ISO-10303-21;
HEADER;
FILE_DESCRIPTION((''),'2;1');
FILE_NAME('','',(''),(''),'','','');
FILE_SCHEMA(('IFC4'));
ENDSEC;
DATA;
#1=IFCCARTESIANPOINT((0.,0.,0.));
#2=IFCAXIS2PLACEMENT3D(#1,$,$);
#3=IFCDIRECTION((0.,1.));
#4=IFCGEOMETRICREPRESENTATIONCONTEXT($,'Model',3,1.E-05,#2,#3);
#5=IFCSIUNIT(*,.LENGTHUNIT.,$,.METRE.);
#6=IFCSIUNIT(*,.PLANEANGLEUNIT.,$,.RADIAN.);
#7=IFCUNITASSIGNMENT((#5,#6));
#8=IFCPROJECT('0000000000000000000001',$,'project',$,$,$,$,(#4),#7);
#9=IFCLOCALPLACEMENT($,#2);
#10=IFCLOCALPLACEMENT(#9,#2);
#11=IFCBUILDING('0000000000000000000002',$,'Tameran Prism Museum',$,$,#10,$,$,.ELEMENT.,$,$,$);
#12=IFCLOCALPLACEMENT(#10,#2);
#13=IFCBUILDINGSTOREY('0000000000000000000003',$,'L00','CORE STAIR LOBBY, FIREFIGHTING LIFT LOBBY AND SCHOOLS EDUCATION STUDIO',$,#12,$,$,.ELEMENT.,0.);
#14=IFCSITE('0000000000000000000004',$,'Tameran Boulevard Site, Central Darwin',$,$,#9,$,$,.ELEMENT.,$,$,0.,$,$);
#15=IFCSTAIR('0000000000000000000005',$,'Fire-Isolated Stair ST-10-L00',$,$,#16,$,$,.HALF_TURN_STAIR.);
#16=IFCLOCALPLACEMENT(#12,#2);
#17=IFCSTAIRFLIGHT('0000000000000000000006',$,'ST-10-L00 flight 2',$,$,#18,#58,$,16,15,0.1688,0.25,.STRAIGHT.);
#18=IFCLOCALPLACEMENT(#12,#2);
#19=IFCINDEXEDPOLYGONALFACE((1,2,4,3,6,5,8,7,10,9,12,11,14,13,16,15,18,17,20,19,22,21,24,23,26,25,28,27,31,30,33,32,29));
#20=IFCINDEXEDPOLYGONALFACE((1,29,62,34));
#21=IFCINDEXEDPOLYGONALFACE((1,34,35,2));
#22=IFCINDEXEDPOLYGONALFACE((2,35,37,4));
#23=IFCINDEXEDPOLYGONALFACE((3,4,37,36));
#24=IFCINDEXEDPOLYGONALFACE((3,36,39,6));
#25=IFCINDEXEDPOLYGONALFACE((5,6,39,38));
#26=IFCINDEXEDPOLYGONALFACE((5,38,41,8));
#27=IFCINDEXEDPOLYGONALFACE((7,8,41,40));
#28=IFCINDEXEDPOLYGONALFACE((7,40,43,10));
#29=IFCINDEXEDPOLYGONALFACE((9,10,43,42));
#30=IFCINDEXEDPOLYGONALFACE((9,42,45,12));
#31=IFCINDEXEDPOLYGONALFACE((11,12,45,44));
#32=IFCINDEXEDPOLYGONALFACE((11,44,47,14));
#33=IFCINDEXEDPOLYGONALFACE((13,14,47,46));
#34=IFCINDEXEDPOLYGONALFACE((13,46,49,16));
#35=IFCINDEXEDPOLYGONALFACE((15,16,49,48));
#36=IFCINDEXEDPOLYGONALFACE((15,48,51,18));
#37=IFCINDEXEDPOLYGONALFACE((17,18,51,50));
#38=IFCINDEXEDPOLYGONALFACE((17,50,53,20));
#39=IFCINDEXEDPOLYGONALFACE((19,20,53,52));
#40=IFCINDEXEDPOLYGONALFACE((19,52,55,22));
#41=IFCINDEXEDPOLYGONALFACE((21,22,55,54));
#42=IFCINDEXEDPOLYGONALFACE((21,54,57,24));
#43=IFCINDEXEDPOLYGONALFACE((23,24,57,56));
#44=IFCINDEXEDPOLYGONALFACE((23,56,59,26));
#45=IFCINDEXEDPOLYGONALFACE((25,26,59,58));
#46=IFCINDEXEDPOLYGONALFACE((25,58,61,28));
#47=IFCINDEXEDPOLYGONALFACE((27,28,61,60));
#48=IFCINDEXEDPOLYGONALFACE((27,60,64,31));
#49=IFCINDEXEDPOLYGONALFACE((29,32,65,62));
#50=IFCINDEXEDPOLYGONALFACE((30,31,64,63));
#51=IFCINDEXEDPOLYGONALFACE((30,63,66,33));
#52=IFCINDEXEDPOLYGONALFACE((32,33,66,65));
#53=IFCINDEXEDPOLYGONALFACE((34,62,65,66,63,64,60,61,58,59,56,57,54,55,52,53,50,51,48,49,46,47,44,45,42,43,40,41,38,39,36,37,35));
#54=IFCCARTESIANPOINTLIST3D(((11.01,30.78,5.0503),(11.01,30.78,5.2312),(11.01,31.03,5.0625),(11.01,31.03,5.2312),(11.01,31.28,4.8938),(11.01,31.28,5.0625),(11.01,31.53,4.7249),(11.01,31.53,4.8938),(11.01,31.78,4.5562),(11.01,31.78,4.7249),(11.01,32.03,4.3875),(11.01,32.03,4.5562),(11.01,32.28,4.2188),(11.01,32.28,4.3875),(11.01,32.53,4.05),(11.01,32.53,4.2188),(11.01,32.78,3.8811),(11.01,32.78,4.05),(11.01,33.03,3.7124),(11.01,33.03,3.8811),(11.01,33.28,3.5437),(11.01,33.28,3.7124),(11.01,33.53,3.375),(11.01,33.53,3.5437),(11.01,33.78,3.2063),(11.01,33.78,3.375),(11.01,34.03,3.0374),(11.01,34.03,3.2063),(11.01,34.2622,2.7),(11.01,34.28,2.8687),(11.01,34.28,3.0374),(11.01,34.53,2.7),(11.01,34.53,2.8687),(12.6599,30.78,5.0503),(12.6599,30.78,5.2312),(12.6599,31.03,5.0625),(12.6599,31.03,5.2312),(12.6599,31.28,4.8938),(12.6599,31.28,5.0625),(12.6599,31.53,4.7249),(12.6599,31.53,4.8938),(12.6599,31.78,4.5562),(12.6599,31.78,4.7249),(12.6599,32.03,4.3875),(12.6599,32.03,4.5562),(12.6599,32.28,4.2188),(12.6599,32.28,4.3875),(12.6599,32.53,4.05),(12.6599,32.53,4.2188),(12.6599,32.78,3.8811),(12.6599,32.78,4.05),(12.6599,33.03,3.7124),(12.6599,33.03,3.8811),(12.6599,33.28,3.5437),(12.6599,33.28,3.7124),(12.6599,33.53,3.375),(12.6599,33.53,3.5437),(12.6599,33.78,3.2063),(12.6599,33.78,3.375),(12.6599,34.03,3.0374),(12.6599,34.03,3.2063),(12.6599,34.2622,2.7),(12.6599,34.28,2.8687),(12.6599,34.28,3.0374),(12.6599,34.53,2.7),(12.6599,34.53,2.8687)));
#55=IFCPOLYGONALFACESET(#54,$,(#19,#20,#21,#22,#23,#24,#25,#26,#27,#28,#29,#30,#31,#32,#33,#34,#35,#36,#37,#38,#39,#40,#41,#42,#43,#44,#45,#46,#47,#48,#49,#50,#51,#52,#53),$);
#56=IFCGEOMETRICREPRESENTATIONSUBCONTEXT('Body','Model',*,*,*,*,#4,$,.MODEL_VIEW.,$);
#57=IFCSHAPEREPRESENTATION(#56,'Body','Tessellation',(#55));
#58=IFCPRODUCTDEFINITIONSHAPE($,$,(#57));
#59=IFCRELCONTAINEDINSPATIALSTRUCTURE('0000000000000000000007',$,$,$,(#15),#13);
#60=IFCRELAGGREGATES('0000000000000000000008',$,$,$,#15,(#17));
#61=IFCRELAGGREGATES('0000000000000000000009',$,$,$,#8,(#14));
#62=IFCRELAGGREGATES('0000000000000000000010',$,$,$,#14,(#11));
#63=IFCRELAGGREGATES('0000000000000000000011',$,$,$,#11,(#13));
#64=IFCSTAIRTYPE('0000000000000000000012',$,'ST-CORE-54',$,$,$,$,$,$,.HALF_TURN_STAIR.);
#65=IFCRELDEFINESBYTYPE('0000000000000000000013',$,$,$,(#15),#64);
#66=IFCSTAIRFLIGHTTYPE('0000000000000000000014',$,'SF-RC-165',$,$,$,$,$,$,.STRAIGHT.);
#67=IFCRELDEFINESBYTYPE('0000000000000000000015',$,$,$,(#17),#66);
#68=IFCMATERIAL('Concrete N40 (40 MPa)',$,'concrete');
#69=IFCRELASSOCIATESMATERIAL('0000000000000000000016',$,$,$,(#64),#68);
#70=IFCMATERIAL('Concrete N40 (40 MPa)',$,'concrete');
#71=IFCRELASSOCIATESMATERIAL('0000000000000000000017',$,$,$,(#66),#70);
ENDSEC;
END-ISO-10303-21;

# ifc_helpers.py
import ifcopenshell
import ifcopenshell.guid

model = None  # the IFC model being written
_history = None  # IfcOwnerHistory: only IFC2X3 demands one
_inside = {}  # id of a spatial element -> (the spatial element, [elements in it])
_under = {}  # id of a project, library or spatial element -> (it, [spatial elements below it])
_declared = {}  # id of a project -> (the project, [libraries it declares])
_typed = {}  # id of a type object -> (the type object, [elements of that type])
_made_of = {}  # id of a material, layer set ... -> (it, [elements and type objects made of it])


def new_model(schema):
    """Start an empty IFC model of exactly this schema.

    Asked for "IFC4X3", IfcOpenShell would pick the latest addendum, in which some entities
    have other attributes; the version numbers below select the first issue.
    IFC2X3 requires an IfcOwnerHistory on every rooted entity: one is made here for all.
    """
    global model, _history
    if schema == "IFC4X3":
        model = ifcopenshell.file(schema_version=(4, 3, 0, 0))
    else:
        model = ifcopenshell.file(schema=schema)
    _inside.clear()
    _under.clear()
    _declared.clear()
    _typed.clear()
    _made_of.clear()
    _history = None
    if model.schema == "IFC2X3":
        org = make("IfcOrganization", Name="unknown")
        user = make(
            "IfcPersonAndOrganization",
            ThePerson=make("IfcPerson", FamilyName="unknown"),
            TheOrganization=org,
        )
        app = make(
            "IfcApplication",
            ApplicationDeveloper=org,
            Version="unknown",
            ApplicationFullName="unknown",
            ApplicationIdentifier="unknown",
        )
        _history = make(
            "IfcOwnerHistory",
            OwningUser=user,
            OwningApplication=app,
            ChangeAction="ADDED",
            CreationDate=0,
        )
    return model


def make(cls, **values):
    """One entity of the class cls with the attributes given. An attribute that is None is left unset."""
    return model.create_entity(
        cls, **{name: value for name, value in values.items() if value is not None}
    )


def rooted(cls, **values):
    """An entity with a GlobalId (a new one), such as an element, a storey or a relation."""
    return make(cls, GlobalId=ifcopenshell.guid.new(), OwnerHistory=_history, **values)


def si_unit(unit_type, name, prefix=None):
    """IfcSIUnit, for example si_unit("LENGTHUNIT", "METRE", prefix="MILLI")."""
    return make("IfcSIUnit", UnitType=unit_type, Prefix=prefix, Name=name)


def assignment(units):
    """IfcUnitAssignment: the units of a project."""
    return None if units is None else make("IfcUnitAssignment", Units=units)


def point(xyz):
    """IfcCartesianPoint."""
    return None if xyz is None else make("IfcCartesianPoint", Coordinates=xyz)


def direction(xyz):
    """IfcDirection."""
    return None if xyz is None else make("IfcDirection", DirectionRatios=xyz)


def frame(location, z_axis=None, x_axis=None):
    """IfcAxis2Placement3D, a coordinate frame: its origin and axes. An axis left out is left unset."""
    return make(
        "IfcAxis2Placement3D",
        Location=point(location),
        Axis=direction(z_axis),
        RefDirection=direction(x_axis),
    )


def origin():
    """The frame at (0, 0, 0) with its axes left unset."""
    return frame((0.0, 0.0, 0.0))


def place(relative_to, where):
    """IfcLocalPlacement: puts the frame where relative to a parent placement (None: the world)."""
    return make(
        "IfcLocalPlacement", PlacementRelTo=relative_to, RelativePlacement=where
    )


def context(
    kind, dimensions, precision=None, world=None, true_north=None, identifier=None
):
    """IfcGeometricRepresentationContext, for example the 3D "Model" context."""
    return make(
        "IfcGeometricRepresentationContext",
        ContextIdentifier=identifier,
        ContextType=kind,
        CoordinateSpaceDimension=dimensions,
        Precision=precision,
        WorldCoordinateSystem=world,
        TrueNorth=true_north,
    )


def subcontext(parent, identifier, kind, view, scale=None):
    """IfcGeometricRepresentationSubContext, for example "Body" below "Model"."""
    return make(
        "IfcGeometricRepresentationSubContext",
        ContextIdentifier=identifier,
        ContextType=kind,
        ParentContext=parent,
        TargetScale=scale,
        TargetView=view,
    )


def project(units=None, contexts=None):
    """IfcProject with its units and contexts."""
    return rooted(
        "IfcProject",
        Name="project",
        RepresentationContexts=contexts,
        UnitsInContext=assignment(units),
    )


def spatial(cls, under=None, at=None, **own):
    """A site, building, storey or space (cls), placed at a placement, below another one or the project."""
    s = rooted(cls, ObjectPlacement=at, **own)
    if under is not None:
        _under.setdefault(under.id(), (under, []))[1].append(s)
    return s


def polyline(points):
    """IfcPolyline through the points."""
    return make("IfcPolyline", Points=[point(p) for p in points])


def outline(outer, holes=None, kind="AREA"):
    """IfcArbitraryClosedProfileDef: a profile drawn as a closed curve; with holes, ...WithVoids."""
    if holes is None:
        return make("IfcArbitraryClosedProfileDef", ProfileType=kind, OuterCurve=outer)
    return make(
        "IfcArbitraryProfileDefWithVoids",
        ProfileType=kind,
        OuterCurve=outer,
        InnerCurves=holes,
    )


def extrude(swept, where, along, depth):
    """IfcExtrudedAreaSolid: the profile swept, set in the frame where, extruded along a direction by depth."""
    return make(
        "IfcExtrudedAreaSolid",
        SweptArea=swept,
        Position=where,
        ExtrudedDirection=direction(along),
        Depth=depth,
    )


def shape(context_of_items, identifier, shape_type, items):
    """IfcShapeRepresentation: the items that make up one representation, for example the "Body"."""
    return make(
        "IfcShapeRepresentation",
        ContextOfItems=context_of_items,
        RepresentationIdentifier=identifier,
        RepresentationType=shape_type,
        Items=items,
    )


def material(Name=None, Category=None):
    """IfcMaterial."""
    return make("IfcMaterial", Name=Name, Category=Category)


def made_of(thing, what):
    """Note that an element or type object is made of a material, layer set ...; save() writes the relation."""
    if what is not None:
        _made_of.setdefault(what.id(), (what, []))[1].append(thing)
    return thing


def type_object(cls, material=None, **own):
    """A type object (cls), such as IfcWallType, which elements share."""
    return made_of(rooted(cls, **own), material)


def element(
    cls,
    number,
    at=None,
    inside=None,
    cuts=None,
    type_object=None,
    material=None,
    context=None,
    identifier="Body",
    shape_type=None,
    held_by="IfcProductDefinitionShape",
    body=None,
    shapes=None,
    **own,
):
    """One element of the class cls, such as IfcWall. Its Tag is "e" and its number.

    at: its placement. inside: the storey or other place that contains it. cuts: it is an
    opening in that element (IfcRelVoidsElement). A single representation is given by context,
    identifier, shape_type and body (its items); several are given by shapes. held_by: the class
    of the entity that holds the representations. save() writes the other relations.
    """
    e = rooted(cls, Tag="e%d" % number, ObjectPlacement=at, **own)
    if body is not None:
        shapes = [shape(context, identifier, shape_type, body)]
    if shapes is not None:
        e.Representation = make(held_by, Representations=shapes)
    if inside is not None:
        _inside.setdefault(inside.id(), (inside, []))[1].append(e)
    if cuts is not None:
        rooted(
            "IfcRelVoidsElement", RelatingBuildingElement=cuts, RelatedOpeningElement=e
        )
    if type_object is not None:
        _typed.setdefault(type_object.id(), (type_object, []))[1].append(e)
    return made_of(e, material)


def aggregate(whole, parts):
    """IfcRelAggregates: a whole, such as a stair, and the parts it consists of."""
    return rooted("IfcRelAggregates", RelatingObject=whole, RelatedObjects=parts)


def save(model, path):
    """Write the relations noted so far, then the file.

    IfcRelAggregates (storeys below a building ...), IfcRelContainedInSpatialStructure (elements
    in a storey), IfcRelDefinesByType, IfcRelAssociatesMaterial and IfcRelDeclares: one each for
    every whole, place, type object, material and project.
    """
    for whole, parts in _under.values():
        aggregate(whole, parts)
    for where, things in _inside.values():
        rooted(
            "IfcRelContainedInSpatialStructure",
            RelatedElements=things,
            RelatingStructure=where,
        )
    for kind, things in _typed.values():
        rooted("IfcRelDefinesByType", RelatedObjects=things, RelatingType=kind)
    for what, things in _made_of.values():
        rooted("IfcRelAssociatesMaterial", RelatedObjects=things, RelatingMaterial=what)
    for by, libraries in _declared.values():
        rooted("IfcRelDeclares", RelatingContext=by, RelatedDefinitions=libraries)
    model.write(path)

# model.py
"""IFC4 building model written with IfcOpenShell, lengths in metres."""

from ifc_helpers import new_model, si_unit, direction, frame, origin, place, context, subcontext, project, spatial, polyline, outline, extrude, material, type_object, element, aggregate, save


model = new_model("IFC4")

# Units and contexts
model_context = context("Model", 3, precision=1e-05, world=origin(), true_north=direction((0.0, 1.0)))
body_context = subcontext(model_context, "Body", "Model", "MODEL_VIEW")
ifc_project = project(units=[si_unit("LENGTHUNIT", "METRE"), si_unit("PLANEANGLEUNIT", "RADIAN")], contexts=[model_context])

# Site, building, storey
site_placement = place(None, origin())
site = spatial("IfcSite", under=ifc_project, at=site_placement, Name="Tameran Boulevard Site, Central Darwin", CompositionType="ELEMENT", RefElevation=0.0)
building_placement = place(site_placement, origin())
building = spatial("IfcBuilding", under=site, at=building_placement, Name="Tameran Prism Museum", CompositionType="ELEMENT")
storey_placement = place(building_placement, origin())
storey = spatial("IfcBuildingStorey", under=building, at=storey_placement, Name="L00", Description="CORE STAIR LOBBY, FIREFIGHTING LIFT LOBBY AND SCHOOLS EDUCATION STUDIO", CompositionType="ELEMENT", Elevation=0.0)

# Stair, stair flight
ifc_material_1 = material(Name="Concrete N40 (40 MPa)", Category="concrete")
stair_type = type_object("IfcStairType", Name="ST-CORE-54", PredefinedType="HALF_TURN_STAIR", material=ifc_material_1)
stair_placement = place(storey_placement, origin())
stair = element("IfcStair", 1, at=stair_placement, inside=storey, type_object=stair_type, Name="Fire-Isolated Stair ST-10-L00", PredefinedType="HALF_TURN_STAIR")
ifc_material_2 = material(Name="Concrete N40 (40 MPa)", Category="concrete")
stair_flight_type = type_object("IfcStairFlightType", Name="SF-RC-165", PredefinedType="STRAIGHT", material=ifc_material_2)
stair_flight_placement = place(storey_placement, frame((11.835, 34.53, 2.7), z_axis=(0.0, 0.0, 1.0), x_axis=(0.0, -1.0, 0.0)))
stair_flight = element("IfcStairFlight", 2, at=stair_flight_placement, type_object=stair_flight_type, Name="ST-10-L00 flight 2", NumberOfRisers=16, NumberOfTreads=15, PredefinedType="STRAIGHT", RiserHeight=0.1688, TreadLength=0.25, context=body_context, shape_type="SweptSolid", body=[
    extrude(outline(polyline([(0.0, 0.0), (0.0, 0.1687), (0.25, 0.1687), (0.25, 0.3374), (0.5, 0.3374), (0.5, 0.5063), (0.75, 0.5063), (0.75, 0.675), (1.0, 0.675), (1.0, 0.8438), (1.25, 0.8438), (1.25, 1.0125), (1.5, 1.0125), (1.5, 1.1812), (1.75, 1.1812), (1.75, 1.3501), (2.0, 1.3501), (2.0, 1.5188), (2.25, 1.5188), (2.25, 1.6875), (2.5, 1.6875), (2.5, 1.8562), (2.75, 1.8562), (2.75, 2.0249), (3.0, 2.0249), (3.0, 2.1938), (3.25, 2.1938), (3.25, 2.3625), (3.5, 2.3625), (3.5, 2.5312), (3.75, 2.5312), (3.75, 2.7), (3.75, 2.3503), (0.2678, 0.0), (0.0, 0.0)])), frame((0.0, 0.825, 0.0), z_axis=(0.0, -1.0, 0.0), x_axis=(1.0, 0.0, 0.0)), (0.0, 0.0, 1.0), 1.6499),
])
aggregate(stair, [stair_flight])

save(model, "model.ifc")
